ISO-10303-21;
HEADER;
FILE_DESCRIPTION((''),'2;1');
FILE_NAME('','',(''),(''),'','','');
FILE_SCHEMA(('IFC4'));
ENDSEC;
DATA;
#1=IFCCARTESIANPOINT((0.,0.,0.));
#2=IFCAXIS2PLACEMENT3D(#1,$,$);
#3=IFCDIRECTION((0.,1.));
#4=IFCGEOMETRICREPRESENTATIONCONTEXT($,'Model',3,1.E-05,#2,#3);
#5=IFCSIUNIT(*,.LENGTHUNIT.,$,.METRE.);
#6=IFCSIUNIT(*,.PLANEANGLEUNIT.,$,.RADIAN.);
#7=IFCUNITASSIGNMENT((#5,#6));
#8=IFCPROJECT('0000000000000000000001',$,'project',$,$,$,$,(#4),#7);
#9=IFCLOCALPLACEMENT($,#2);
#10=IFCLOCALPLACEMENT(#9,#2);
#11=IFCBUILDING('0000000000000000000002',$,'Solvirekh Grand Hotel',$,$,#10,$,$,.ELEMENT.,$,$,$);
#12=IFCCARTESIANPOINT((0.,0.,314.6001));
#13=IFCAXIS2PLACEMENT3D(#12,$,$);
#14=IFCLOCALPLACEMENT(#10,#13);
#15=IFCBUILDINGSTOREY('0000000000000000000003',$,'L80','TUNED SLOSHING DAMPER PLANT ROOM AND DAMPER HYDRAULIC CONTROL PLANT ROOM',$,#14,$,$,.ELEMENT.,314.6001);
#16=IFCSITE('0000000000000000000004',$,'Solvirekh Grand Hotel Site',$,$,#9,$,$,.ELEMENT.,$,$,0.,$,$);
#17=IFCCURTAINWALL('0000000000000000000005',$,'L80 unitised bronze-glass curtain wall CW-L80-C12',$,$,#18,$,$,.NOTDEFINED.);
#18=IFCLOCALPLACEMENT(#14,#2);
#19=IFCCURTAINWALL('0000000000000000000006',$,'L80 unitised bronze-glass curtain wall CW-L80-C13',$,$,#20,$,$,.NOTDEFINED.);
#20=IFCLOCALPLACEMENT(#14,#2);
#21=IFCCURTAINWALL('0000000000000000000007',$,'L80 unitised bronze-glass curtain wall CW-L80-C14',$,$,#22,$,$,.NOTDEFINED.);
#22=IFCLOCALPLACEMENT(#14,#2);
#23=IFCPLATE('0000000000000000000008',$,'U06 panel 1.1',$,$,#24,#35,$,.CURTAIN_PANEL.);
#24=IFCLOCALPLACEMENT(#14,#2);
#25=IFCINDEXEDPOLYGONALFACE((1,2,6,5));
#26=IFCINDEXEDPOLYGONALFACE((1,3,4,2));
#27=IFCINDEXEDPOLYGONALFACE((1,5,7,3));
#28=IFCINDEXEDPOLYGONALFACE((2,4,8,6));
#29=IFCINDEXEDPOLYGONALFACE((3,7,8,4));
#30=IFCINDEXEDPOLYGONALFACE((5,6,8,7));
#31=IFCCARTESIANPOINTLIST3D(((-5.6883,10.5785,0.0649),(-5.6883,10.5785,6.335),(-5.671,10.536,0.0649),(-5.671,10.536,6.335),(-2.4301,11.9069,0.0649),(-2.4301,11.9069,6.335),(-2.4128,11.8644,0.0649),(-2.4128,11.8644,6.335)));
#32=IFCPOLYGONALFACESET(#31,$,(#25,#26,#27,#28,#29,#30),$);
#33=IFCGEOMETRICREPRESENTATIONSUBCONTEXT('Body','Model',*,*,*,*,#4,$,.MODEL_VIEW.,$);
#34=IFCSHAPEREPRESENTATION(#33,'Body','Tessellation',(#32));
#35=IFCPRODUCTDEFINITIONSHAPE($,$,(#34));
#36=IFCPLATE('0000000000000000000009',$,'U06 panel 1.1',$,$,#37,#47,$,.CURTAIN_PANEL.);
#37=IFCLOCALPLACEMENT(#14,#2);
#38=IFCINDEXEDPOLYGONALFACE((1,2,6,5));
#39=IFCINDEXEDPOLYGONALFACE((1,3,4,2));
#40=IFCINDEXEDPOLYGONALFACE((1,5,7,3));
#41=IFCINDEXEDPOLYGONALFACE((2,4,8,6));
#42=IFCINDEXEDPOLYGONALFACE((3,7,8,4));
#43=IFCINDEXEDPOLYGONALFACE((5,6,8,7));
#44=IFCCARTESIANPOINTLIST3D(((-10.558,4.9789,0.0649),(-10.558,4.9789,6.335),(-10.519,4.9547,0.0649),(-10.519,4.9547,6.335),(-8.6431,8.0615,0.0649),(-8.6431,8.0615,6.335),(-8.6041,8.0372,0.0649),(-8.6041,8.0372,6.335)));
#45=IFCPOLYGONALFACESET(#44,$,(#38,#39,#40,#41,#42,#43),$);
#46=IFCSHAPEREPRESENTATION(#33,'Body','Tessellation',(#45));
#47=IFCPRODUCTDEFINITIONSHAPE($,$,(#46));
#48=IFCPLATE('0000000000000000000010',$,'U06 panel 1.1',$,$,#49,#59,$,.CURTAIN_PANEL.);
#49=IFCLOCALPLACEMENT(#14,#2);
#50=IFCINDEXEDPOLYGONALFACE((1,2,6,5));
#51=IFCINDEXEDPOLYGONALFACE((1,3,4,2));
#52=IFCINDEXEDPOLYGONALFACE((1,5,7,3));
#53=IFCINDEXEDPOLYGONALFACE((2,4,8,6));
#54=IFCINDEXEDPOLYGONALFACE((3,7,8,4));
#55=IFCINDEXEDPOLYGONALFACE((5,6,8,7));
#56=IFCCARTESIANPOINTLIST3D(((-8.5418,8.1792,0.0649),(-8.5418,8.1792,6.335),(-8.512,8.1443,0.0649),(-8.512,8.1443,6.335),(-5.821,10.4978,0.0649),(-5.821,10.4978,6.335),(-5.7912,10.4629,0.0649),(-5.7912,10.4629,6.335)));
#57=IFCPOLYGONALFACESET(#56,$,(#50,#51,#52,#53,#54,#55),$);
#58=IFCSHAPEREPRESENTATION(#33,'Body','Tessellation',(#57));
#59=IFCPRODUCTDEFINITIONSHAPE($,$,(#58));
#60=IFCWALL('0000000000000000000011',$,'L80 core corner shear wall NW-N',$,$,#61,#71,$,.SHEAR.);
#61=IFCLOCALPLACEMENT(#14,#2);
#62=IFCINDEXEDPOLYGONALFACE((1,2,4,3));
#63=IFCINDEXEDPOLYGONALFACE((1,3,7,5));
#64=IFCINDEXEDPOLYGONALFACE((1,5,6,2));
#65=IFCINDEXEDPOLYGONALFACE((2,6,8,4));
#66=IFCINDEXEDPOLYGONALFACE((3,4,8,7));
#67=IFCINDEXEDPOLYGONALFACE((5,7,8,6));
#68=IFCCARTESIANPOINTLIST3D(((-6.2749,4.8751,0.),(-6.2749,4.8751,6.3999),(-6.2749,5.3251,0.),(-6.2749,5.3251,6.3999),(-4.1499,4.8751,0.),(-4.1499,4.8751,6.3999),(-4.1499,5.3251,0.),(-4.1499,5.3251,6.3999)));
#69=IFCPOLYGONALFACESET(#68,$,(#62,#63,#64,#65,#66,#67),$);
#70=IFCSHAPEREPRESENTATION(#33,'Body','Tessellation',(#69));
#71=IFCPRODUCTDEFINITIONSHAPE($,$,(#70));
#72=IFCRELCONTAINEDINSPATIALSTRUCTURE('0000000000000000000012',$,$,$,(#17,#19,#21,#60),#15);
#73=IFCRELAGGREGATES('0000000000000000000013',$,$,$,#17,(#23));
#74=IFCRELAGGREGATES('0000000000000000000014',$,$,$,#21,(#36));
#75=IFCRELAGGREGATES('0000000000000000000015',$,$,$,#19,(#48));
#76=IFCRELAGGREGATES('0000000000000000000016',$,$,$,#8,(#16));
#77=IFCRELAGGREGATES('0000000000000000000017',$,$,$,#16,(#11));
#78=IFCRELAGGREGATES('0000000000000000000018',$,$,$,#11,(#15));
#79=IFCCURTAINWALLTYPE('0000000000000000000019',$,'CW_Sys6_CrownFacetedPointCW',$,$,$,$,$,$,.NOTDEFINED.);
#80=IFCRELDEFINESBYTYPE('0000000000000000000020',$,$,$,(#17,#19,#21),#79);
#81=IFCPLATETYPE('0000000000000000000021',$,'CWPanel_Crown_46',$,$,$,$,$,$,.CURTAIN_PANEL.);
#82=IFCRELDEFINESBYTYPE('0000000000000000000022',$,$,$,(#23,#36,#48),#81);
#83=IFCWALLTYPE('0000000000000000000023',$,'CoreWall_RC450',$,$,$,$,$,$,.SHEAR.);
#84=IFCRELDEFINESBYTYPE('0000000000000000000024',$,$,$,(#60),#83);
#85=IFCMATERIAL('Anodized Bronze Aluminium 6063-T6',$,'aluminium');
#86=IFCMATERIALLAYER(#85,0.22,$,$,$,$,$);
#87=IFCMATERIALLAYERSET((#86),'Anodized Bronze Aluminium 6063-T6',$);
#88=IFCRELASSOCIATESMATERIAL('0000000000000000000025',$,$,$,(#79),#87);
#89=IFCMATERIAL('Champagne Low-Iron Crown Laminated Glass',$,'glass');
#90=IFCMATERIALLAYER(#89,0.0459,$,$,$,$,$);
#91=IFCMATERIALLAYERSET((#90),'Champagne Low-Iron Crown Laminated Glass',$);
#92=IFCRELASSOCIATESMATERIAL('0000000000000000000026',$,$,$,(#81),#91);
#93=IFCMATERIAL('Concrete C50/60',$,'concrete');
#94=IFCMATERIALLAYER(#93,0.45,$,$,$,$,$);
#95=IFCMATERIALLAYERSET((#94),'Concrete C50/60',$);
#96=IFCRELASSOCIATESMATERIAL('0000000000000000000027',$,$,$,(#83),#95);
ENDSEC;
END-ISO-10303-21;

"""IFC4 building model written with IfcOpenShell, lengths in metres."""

from ifc_helpers import new_model, si_unit, direction, frame, frame_2d, origin, origin_2d, place, context, subcontext, project, spatial, rectangle, extrude, source, transform, mapped, material, layer, layer_set, type_object, element, aggregate, save


model = new_model("IFC4")

# Units and contexts
model_context = context("Model", 3, precision=1e-05, world=origin(), true_north=direction((0.0, 1.0)))
body_context = subcontext(model_context, "Body", "Model", "MODEL_VIEW")
ifc_project = project(units=[si_unit("LENGTHUNIT", "METRE"), si_unit("PLANEANGLEUNIT", "RADIAN")], contexts=[model_context])

# Site, building, storey
site_placement = place(None, origin())
site = spatial("IfcSite", under=ifc_project, at=site_placement, Name="Solvirekh Grand Hotel Site", CompositionType="ELEMENT", RefElevation=0.0)
building_placement = place(site_placement, origin())
building = spatial("IfcBuilding", under=site, at=building_placement, Name="Solvirekh Grand Hotel", CompositionType="ELEMENT")
storey_placement = place(building_placement, frame((0.0, 0.0, 314.6001)))
storey = spatial("IfcBuildingStorey", under=building, at=storey_placement, Name="L80", Description="TUNED SLOSHING DAMPER PLANT ROOM AND DAMPER HYDRAULIC CONTROL PLANT ROOM", CompositionType="ELEMENT", Elevation=314.6001)

# Shared definitions
ifc_material_1 = material(Name="Concrete C50/60", Category="concrete")

# Shared definitions
ifc_material_2 = material(Name="Anodized Bronze Aluminium 6063-T6", Category="aluminium")
ifc_layer_1 = layer(ifc_material_2, 0.22)
ifc_layer_set_1 = layer_set([ifc_layer_1], Name="Anodized Bronze Aluminium 6063-T6")
curtain_wall_type = type_object("IfcCurtainWallType", Name="CW_Sys6_CrownFacetedPointCW", PredefinedType="NOTDEFINED", material=ifc_layer_set_1)

# Curtain walls
curtain_wall_1_placement = place(storey_placement, origin())
curtain_wall_1 = element("IfcCurtainWall", 1, at=curtain_wall_1_placement, inside=storey, type_object=curtain_wall_type, Name="L80 unitised bronze-glass curtain wall CW-L80-C12", PredefinedType="NOTDEFINED")
curtain_wall_2_placement = place(storey_placement, origin())
curtain_wall_2 = element("IfcCurtainWall", 2, at=curtain_wall_2_placement, inside=storey, type_object=curtain_wall_type, Name="L80 unitised bronze-glass curtain wall CW-L80-C13", PredefinedType="NOTDEFINED")

# Curtain wall
curtain_wall_3_placement = place(storey_placement, origin())
curtain_wall_3 = element("IfcCurtainWall", 3, at=curtain_wall_3_placement, inside=storey, type_object=curtain_wall_type, Name="L80 unitised bronze-glass curtain wall CW-L80-C14", PredefinedType="NOTDEFINED")

# Plates
ifc_material_3 = material(Name="Champagne Low-Iron Crown Laminated Glass", Category="glass")
ifc_layer_2 = layer(ifc_material_3, 0.0459)
ifc_layer_set_2 = layer_set([ifc_layer_2], Name="Champagne Low-Iron Crown Laminated Glass")
plate_type_1 = type_object("IfcPlateType", Name="CWPanel_Crown_46", PredefinedType="CURTAIN_PANEL", material=ifc_layer_set_2)
shared_shape_1 = source(origin(), body_context, "Body", "SweptSolid", [
    extrude(rectangle(XDim=3.5186, YDim=0.0459, at=origin_2d()), origin(), (0.0, 0.0, 1.0), 6.27),
])
plate_1_placement = place(storey_placement, frame((-4.0505, 11.2214, 0.0649), z_axis=(0.0, 0.0, 1.0), x_axis=(-0.925994, -0.377539, 0.0)))
plate_1 = element("IfcPlate", 4, at=plate_1_placement, type_object=plate_type_1, Name="U06 panel 1.1", PredefinedType="CURTAIN_PANEL", context=body_context, shape_type="MappedRepresentation", body=[
    mapped(shared_shape_1, transform((0.0, 0.0, 0.0), x_axis=(1.0, 0.0, 0.0), y_axis=(0.0, 1.0, 0.0), z_axis=(0.0, 0.0, 1.0), scale=1.0)),
])
aggregate(curtain_wall_1, [plate_1])
shared_shape_2 = source(origin(), body_context, "Body", "SweptSolid", [
    extrude(rectangle(XDim=3.6289, YDim=0.0459, at=origin_2d()), origin(), (0.0, 0.0, 1.0), 6.27),
])
plate_2_placement = place(storey_placement, frame((-9.5811, 6.5081, 0.0649), z_axis=(0.0, 0.0, 1.0), x_axis=(-0.527666, -0.849452, 0.0)))
plate_2 = element("IfcPlate", 5, at=plate_2_placement, type_object=plate_type_1, Name="U06 panel 1.1", PredefinedType="CURTAIN_PANEL", context=body_context, shape_type="MappedRepresentation", body=[
    mapped(shared_shape_2, transform((0.0, 0.0, 0.0), x_axis=(1.0, 0.0, 0.0), y_axis=(0.0, 1.0, 0.0), z_axis=(0.0, 0.0, 1.0), scale=1.0)),
])
aggregate(curtain_wall_3, [plate_2])
shared_shape_3 = source(origin(), body_context, "Body", "SweptSolid", [
    extrude(rectangle(XDim=3.5747, YDim=0.0459, at=origin_2d()), origin(), (0.0, 0.0, 1.0), 6.27),
])
plate_3_placement = place(storey_placement, frame((-7.1665, 9.321, 0.0649), z_axis=(0.0, 0.0, 1.0), x_axis=(-0.761111, -0.648622, 0.0)))
plate_3 = element("IfcPlate", 6, at=plate_3_placement, type_object=plate_type_1, Name="U06 panel 1.1", PredefinedType="CURTAIN_PANEL", context=body_context, shape_type="MappedRepresentation", body=[
    mapped(shared_shape_3, transform((0.0, 0.0, 0.0), x_axis=(1.0, 0.0, 0.0), y_axis=(0.0, 1.0, 0.0), z_axis=(0.0, 0.0, 1.0), scale=1.0)),
])
aggregate(curtain_wall_2, [plate_3])

# Wall
ifc_layer_3 = layer(ifc_material_1, 0.45)
ifc_layer_set_3 = layer_set([ifc_layer_3], Name="Concrete C50/60")
wall_type = type_object("IfcWallType", Name="CoreWall_RC450", PredefinedType="SHEAR", material=ifc_layer_set_3)
wall_placement = place(storey_placement, frame((-6.2749, 5.1001, 0.0), z_axis=(0.0, 0.0, 1.0), x_axis=(1.0, 0.0, 0.0)))
element("IfcWall", 7, at=wall_placement, inside=storey, type_object=wall_type, Name="L80 core corner shear wall NW-N", PredefinedType="SHEAR", context=body_context, shape_type="SweptSolid", body=[
    extrude(rectangle(XDim=2.125, YDim=0.45, at=frame_2d((1.0625, 0.0))), origin(), (0.0, 0.0, 1.0), 6.3999),
])

save(model, "model.ifc")
